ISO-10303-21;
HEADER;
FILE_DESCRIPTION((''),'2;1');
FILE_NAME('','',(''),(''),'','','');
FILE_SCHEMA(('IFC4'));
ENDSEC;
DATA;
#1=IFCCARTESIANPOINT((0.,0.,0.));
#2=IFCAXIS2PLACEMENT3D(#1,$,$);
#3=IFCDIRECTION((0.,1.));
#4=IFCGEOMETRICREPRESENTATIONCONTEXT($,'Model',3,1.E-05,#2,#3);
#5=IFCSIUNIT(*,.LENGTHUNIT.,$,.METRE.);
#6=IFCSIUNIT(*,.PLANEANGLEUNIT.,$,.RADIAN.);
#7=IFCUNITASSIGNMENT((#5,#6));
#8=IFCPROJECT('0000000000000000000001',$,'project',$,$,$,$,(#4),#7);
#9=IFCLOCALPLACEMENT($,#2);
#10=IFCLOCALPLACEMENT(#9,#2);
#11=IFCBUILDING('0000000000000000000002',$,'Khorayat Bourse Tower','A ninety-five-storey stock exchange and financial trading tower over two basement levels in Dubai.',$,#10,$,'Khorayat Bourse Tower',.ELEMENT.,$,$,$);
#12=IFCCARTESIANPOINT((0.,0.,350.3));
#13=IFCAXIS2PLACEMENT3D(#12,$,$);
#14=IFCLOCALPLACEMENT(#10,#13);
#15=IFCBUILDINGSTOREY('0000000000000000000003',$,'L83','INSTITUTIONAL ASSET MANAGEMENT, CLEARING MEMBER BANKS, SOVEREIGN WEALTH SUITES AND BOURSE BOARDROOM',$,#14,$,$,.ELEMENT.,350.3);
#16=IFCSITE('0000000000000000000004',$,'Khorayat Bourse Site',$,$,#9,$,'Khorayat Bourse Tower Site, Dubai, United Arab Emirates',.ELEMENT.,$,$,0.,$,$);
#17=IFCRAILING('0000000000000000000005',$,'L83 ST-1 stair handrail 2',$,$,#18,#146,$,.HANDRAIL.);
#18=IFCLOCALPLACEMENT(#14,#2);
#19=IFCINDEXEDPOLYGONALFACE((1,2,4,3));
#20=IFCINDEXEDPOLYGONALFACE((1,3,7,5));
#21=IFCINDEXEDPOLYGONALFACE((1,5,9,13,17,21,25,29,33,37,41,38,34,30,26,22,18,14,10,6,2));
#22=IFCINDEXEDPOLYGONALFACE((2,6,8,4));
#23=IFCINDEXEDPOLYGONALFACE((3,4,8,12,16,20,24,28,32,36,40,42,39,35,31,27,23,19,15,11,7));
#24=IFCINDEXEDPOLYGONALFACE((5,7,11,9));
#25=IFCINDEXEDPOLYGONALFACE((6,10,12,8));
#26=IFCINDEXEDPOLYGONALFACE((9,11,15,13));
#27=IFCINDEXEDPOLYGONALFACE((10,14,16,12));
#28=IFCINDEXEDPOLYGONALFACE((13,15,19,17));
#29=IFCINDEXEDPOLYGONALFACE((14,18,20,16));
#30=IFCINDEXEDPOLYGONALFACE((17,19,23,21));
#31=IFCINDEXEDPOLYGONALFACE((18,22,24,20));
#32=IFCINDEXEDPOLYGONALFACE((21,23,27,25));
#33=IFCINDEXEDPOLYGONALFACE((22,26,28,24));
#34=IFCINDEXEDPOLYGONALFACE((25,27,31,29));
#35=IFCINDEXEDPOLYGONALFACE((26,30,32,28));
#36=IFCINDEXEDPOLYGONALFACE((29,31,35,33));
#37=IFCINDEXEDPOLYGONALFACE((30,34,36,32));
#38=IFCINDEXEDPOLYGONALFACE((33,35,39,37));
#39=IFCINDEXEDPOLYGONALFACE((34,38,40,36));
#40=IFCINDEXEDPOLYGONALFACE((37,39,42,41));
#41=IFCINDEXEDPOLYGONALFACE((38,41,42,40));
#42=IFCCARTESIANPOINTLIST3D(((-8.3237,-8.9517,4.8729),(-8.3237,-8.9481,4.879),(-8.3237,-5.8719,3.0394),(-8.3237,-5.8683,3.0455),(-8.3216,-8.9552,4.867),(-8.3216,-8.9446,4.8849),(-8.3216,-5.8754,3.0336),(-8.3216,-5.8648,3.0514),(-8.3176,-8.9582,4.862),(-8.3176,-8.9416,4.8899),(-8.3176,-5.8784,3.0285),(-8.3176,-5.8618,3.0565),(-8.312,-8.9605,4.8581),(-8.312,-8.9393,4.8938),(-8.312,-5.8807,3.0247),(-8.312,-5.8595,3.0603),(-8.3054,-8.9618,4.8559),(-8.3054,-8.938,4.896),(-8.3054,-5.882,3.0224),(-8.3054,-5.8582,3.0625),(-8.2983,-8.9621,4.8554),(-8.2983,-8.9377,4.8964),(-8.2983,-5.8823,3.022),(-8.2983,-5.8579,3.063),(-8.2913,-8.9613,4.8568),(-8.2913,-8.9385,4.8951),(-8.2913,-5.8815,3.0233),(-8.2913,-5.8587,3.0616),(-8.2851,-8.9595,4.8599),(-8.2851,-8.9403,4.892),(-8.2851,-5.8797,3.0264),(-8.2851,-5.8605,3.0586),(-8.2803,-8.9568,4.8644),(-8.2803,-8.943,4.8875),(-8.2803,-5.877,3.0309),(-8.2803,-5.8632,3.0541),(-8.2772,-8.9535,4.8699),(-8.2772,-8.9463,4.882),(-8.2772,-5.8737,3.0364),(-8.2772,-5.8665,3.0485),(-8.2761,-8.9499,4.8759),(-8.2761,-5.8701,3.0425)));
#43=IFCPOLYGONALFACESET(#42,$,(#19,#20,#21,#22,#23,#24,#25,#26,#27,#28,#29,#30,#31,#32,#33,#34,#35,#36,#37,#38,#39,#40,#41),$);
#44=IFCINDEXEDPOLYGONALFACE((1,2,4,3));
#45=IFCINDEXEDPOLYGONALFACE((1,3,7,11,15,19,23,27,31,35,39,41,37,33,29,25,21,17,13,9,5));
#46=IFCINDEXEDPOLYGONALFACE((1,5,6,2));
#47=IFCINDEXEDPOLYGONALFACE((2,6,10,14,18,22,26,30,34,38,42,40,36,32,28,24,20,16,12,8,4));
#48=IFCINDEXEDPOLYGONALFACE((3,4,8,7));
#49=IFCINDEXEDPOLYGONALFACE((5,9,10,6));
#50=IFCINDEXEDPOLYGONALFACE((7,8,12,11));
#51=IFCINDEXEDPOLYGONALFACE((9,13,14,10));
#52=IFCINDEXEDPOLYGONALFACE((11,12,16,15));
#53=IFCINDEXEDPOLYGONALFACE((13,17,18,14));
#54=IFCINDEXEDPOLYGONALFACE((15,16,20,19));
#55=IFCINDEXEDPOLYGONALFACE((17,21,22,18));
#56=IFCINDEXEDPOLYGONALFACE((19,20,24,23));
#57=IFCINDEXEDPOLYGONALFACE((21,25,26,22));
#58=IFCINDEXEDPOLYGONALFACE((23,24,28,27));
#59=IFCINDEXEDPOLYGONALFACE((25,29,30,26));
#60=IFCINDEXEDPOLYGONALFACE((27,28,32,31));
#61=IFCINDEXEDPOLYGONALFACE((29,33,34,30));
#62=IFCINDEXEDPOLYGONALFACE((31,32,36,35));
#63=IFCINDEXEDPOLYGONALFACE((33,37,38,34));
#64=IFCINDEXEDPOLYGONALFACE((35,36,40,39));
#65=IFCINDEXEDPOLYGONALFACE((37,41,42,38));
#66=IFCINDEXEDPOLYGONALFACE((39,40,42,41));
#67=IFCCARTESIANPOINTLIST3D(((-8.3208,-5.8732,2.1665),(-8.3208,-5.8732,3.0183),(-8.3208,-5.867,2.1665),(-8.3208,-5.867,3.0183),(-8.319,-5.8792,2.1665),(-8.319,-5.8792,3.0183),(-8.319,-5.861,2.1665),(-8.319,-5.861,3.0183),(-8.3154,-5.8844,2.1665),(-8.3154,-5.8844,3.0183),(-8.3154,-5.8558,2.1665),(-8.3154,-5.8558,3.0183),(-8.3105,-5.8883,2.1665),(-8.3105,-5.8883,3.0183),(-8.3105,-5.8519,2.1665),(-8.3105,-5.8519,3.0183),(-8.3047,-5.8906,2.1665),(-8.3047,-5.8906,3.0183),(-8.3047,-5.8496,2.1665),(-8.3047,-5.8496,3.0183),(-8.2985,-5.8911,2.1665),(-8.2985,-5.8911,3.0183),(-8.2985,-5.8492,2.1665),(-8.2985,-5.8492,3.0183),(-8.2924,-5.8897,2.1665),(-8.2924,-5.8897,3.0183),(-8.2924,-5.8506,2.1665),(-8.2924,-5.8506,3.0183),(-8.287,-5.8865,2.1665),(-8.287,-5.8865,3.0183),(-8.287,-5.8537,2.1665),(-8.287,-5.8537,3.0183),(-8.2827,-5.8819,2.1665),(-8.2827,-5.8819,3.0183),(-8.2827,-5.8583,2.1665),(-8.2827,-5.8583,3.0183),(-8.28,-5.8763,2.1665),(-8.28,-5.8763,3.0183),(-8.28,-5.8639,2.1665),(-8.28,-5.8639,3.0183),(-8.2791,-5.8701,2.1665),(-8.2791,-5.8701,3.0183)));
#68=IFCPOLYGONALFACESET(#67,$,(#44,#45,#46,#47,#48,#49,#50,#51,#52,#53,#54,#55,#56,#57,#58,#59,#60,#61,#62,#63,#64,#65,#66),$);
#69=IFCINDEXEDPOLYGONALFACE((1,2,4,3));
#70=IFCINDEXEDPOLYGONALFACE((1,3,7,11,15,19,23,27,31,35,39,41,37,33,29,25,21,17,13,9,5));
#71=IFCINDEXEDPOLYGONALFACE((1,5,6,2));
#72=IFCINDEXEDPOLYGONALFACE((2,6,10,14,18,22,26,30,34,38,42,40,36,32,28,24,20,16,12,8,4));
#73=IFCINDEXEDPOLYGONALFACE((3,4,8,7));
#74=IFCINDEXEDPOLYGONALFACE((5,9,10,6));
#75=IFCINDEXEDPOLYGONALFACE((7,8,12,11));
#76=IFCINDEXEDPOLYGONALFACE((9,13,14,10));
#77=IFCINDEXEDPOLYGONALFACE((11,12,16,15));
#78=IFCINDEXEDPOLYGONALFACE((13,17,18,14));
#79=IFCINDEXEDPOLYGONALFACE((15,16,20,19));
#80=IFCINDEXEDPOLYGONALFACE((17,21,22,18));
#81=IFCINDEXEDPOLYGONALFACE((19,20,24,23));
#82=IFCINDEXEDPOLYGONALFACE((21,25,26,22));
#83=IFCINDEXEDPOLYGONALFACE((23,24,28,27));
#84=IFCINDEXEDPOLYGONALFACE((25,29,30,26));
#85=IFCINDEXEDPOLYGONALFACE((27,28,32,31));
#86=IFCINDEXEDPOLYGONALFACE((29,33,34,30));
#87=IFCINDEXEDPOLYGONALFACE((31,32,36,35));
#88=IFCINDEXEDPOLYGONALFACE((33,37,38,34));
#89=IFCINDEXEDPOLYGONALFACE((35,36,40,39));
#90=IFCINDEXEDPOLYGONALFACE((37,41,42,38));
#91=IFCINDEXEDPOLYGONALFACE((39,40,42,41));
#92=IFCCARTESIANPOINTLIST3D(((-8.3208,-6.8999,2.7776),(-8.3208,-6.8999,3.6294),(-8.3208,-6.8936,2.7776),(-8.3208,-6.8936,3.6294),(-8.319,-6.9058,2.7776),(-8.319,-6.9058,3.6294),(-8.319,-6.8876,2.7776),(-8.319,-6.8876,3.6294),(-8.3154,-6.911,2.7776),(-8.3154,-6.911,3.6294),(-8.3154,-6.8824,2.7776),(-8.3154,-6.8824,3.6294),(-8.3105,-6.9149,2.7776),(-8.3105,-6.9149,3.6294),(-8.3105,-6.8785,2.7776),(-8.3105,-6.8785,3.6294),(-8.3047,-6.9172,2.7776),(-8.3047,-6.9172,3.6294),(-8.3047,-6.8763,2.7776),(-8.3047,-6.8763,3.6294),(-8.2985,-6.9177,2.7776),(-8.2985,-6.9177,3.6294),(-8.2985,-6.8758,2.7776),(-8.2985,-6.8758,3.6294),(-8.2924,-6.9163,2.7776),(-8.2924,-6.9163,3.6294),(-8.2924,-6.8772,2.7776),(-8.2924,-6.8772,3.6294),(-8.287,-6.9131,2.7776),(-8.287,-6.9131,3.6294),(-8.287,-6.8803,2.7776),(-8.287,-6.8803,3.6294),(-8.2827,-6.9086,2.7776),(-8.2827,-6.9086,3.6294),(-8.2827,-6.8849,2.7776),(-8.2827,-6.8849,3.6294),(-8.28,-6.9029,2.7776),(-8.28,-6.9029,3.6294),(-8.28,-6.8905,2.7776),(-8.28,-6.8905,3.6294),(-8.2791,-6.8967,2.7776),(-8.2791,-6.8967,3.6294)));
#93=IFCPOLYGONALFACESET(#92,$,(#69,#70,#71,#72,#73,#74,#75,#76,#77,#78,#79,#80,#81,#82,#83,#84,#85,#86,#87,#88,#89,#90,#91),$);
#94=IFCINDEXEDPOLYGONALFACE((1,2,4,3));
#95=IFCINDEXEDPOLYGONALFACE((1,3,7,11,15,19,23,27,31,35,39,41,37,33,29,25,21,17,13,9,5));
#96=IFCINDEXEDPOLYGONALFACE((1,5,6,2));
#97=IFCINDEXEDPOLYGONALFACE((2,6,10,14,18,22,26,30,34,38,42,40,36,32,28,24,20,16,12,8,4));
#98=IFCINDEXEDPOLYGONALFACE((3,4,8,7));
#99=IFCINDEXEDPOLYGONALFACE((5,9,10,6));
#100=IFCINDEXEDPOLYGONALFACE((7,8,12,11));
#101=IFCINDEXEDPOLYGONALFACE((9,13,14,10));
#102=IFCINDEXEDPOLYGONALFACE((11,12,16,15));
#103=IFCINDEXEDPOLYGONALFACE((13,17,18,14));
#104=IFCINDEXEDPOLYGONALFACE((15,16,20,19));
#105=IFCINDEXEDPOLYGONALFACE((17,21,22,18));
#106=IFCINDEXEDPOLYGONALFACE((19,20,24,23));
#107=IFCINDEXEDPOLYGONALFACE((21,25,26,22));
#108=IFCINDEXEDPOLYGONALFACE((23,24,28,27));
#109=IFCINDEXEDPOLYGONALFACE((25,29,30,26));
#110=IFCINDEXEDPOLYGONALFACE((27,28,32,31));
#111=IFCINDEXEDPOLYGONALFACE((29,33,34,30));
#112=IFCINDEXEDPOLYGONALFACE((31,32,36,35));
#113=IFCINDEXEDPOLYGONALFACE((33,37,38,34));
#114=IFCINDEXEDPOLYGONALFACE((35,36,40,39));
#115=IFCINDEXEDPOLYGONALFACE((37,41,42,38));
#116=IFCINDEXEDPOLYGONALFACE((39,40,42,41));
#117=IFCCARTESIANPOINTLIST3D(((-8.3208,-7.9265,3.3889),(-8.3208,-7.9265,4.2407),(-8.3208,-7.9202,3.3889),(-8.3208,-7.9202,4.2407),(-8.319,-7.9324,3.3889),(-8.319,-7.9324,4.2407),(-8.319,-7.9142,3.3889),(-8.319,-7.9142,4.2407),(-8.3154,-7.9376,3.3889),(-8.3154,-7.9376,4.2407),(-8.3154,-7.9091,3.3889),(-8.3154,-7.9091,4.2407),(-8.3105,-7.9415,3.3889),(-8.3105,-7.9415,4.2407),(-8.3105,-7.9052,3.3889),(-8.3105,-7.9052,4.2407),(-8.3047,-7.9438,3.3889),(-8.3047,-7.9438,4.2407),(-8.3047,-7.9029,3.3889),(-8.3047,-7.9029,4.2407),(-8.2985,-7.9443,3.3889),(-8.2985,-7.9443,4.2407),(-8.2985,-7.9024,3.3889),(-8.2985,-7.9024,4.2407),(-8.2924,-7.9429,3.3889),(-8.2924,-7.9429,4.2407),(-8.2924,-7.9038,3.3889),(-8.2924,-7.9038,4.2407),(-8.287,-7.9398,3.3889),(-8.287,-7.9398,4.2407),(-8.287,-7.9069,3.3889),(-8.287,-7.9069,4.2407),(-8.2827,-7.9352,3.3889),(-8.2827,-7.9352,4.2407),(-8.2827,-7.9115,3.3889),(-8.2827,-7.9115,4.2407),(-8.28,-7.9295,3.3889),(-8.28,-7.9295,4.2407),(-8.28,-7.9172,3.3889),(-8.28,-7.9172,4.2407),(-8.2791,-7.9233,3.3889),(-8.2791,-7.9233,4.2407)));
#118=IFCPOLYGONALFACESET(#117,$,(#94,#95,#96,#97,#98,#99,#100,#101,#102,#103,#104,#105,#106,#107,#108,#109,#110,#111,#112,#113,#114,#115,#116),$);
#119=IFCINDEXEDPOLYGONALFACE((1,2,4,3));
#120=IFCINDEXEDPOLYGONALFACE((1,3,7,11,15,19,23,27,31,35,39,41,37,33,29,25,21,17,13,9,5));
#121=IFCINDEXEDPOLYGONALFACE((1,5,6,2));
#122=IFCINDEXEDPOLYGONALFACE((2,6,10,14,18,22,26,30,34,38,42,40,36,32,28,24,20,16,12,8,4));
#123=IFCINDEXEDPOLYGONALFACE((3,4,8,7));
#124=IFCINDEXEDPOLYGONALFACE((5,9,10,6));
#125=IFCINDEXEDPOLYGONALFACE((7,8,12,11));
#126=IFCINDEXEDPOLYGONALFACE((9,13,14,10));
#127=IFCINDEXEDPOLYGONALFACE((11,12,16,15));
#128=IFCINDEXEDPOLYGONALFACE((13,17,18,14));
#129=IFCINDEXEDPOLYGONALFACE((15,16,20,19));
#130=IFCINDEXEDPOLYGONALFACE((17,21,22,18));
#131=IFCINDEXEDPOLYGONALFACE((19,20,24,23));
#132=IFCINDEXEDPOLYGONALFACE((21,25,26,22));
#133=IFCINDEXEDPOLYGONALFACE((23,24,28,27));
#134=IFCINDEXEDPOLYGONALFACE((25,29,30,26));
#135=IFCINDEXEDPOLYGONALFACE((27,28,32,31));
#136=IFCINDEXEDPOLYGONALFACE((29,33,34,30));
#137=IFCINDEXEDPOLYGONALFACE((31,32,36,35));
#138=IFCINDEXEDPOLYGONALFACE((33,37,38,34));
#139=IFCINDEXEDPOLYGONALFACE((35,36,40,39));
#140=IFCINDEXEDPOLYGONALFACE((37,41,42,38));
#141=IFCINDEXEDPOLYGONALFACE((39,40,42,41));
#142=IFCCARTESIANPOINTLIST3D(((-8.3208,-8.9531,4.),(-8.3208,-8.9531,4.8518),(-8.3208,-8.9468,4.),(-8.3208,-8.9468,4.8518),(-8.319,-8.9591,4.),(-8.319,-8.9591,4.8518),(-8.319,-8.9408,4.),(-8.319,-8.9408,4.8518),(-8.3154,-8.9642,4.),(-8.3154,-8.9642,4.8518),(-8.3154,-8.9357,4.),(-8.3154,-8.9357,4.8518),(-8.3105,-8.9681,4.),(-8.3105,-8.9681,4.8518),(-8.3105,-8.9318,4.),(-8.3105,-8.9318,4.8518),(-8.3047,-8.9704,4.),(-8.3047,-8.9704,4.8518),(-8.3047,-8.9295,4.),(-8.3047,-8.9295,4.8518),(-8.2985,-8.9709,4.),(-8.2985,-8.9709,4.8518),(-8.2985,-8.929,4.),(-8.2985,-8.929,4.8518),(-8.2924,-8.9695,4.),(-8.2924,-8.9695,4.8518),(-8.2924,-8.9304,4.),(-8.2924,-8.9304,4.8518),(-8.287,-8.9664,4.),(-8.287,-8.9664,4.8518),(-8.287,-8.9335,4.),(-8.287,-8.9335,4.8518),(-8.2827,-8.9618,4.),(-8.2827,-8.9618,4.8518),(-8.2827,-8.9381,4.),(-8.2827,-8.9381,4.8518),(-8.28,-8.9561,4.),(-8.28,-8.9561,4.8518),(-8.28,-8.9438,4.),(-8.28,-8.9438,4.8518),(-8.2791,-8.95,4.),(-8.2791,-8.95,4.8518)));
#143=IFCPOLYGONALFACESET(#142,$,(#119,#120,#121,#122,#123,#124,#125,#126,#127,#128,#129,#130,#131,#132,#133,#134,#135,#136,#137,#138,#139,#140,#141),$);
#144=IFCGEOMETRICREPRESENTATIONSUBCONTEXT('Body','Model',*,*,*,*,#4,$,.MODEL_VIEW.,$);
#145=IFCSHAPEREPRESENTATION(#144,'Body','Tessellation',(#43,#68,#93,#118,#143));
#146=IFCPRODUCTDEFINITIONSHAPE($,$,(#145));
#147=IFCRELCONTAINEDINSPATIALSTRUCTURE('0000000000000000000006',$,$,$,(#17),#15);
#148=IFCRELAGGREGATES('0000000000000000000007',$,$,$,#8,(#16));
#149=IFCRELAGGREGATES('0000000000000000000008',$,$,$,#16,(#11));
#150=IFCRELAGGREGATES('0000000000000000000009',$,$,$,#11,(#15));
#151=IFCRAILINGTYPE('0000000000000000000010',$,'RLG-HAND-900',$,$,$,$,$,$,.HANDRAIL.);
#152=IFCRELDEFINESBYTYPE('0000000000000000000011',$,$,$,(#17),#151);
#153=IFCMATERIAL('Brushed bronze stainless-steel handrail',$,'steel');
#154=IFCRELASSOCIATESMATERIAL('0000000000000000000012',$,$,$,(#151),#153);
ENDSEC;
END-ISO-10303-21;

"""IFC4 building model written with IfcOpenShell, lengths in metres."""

from ifc_helpers import new_model, si_unit, direction, frame, origin, origin_2d, place, context, subcontext, project, spatial, circle, extrude, source, transform, mapped, material, type_object, element, save


model = new_model("IFC4")

# Units and contexts
model_context = context("Model", 3, precision=1e-05, world=origin(), true_north=direction((0.0, 1.0)))
body_context = subcontext(model_context, "Body", "Model", "MODEL_VIEW")
ifc_project = project(units=[si_unit("LENGTHUNIT", "METRE"), si_unit("PLANEANGLEUNIT", "RADIAN")], contexts=[model_context])

# Site, building, storey
site_placement = place(None, origin())
site = spatial("IfcSite", under=ifc_project, at=site_placement, Name="Khorayat Bourse Site", LongName="Khorayat Bourse Tower Site, Dubai, United Arab Emirates", CompositionType="ELEMENT", RefElevation=0.0)
building_placement = place(site_placement, origin())
building = spatial("IfcBuilding", under=site, at=building_placement, Name="Khorayat Bourse Tower", Description="A ninety-five-storey stock exchange and financial trading tower over two basement levels in Dubai.", LongName="Khorayat Bourse Tower", CompositionType="ELEMENT")
storey_placement = place(building_placement, frame((0.0, 0.0, 350.3)))
storey = spatial("IfcBuildingStorey", under=building, at=storey_placement, Name="L83", Description="INSTITUTIONAL ASSET MANAGEMENT, CLEARING MEMBER BANKS, SOVEREIGN WEALTH SUITES AND BOURSE BOARDROOM", CompositionType="ELEMENT", Elevation=350.3)

# Railing
ifc_material_1 = material(Name="Brushed bronze stainless-steel handrail", Category="steel")
railing_type_1 = type_object("IfcRailingType", Name="RLG-HAND-900", PredefinedType="HANDRAIL", material=ifc_material_1)
shared_shape_1 = source(origin(), body_context, "Body", "SweptSolid", [
    extrude(circle(Radius=0.0239, at=origin_2d()), frame((0.0, 0.0, 0.876), z_axis=(0.0, -0.859261, 0.511538), x_axis=(1.0, 0.0, 0.0)), (0.0, 0.0, 1.0), 3.5842),
    extrude(circle(Radius=0.021, at=origin_2d()), origin(), (0.0, 0.0, 1.0), 0.8518),
    extrude(circle(Radius=0.021, at=origin_2d()), frame((0.0, -1.0266, 0.6111)), (0.0, 0.0, 1.0), 0.8518),
    extrude(circle(Radius=0.021, at=origin_2d()), frame((0.0, -2.0532, 1.2224)), (0.0, 0.0, 1.0), 0.8518),
    extrude(circle(Radius=0.021, at=origin_2d()), frame((0.0, -3.0798, 1.8335)), (0.0, 0.0, 1.0), 0.8518),
])
railing_1_placement = place(storey_placement, frame((-8.3, -5.8701, 2.1665)))
element("IfcRailing", 1, at=railing_1_placement, inside=storey, type_object=railing_type_1, Name="L83 ST-1 stair handrail 2", PredefinedType="HANDRAIL", context=body_context, shape_type="MappedRepresentation", body=[
    mapped(shared_shape_1, transform((0.0, 0.0, 0.0), scale=1.0)),
])

save(model, "model.ifc")
